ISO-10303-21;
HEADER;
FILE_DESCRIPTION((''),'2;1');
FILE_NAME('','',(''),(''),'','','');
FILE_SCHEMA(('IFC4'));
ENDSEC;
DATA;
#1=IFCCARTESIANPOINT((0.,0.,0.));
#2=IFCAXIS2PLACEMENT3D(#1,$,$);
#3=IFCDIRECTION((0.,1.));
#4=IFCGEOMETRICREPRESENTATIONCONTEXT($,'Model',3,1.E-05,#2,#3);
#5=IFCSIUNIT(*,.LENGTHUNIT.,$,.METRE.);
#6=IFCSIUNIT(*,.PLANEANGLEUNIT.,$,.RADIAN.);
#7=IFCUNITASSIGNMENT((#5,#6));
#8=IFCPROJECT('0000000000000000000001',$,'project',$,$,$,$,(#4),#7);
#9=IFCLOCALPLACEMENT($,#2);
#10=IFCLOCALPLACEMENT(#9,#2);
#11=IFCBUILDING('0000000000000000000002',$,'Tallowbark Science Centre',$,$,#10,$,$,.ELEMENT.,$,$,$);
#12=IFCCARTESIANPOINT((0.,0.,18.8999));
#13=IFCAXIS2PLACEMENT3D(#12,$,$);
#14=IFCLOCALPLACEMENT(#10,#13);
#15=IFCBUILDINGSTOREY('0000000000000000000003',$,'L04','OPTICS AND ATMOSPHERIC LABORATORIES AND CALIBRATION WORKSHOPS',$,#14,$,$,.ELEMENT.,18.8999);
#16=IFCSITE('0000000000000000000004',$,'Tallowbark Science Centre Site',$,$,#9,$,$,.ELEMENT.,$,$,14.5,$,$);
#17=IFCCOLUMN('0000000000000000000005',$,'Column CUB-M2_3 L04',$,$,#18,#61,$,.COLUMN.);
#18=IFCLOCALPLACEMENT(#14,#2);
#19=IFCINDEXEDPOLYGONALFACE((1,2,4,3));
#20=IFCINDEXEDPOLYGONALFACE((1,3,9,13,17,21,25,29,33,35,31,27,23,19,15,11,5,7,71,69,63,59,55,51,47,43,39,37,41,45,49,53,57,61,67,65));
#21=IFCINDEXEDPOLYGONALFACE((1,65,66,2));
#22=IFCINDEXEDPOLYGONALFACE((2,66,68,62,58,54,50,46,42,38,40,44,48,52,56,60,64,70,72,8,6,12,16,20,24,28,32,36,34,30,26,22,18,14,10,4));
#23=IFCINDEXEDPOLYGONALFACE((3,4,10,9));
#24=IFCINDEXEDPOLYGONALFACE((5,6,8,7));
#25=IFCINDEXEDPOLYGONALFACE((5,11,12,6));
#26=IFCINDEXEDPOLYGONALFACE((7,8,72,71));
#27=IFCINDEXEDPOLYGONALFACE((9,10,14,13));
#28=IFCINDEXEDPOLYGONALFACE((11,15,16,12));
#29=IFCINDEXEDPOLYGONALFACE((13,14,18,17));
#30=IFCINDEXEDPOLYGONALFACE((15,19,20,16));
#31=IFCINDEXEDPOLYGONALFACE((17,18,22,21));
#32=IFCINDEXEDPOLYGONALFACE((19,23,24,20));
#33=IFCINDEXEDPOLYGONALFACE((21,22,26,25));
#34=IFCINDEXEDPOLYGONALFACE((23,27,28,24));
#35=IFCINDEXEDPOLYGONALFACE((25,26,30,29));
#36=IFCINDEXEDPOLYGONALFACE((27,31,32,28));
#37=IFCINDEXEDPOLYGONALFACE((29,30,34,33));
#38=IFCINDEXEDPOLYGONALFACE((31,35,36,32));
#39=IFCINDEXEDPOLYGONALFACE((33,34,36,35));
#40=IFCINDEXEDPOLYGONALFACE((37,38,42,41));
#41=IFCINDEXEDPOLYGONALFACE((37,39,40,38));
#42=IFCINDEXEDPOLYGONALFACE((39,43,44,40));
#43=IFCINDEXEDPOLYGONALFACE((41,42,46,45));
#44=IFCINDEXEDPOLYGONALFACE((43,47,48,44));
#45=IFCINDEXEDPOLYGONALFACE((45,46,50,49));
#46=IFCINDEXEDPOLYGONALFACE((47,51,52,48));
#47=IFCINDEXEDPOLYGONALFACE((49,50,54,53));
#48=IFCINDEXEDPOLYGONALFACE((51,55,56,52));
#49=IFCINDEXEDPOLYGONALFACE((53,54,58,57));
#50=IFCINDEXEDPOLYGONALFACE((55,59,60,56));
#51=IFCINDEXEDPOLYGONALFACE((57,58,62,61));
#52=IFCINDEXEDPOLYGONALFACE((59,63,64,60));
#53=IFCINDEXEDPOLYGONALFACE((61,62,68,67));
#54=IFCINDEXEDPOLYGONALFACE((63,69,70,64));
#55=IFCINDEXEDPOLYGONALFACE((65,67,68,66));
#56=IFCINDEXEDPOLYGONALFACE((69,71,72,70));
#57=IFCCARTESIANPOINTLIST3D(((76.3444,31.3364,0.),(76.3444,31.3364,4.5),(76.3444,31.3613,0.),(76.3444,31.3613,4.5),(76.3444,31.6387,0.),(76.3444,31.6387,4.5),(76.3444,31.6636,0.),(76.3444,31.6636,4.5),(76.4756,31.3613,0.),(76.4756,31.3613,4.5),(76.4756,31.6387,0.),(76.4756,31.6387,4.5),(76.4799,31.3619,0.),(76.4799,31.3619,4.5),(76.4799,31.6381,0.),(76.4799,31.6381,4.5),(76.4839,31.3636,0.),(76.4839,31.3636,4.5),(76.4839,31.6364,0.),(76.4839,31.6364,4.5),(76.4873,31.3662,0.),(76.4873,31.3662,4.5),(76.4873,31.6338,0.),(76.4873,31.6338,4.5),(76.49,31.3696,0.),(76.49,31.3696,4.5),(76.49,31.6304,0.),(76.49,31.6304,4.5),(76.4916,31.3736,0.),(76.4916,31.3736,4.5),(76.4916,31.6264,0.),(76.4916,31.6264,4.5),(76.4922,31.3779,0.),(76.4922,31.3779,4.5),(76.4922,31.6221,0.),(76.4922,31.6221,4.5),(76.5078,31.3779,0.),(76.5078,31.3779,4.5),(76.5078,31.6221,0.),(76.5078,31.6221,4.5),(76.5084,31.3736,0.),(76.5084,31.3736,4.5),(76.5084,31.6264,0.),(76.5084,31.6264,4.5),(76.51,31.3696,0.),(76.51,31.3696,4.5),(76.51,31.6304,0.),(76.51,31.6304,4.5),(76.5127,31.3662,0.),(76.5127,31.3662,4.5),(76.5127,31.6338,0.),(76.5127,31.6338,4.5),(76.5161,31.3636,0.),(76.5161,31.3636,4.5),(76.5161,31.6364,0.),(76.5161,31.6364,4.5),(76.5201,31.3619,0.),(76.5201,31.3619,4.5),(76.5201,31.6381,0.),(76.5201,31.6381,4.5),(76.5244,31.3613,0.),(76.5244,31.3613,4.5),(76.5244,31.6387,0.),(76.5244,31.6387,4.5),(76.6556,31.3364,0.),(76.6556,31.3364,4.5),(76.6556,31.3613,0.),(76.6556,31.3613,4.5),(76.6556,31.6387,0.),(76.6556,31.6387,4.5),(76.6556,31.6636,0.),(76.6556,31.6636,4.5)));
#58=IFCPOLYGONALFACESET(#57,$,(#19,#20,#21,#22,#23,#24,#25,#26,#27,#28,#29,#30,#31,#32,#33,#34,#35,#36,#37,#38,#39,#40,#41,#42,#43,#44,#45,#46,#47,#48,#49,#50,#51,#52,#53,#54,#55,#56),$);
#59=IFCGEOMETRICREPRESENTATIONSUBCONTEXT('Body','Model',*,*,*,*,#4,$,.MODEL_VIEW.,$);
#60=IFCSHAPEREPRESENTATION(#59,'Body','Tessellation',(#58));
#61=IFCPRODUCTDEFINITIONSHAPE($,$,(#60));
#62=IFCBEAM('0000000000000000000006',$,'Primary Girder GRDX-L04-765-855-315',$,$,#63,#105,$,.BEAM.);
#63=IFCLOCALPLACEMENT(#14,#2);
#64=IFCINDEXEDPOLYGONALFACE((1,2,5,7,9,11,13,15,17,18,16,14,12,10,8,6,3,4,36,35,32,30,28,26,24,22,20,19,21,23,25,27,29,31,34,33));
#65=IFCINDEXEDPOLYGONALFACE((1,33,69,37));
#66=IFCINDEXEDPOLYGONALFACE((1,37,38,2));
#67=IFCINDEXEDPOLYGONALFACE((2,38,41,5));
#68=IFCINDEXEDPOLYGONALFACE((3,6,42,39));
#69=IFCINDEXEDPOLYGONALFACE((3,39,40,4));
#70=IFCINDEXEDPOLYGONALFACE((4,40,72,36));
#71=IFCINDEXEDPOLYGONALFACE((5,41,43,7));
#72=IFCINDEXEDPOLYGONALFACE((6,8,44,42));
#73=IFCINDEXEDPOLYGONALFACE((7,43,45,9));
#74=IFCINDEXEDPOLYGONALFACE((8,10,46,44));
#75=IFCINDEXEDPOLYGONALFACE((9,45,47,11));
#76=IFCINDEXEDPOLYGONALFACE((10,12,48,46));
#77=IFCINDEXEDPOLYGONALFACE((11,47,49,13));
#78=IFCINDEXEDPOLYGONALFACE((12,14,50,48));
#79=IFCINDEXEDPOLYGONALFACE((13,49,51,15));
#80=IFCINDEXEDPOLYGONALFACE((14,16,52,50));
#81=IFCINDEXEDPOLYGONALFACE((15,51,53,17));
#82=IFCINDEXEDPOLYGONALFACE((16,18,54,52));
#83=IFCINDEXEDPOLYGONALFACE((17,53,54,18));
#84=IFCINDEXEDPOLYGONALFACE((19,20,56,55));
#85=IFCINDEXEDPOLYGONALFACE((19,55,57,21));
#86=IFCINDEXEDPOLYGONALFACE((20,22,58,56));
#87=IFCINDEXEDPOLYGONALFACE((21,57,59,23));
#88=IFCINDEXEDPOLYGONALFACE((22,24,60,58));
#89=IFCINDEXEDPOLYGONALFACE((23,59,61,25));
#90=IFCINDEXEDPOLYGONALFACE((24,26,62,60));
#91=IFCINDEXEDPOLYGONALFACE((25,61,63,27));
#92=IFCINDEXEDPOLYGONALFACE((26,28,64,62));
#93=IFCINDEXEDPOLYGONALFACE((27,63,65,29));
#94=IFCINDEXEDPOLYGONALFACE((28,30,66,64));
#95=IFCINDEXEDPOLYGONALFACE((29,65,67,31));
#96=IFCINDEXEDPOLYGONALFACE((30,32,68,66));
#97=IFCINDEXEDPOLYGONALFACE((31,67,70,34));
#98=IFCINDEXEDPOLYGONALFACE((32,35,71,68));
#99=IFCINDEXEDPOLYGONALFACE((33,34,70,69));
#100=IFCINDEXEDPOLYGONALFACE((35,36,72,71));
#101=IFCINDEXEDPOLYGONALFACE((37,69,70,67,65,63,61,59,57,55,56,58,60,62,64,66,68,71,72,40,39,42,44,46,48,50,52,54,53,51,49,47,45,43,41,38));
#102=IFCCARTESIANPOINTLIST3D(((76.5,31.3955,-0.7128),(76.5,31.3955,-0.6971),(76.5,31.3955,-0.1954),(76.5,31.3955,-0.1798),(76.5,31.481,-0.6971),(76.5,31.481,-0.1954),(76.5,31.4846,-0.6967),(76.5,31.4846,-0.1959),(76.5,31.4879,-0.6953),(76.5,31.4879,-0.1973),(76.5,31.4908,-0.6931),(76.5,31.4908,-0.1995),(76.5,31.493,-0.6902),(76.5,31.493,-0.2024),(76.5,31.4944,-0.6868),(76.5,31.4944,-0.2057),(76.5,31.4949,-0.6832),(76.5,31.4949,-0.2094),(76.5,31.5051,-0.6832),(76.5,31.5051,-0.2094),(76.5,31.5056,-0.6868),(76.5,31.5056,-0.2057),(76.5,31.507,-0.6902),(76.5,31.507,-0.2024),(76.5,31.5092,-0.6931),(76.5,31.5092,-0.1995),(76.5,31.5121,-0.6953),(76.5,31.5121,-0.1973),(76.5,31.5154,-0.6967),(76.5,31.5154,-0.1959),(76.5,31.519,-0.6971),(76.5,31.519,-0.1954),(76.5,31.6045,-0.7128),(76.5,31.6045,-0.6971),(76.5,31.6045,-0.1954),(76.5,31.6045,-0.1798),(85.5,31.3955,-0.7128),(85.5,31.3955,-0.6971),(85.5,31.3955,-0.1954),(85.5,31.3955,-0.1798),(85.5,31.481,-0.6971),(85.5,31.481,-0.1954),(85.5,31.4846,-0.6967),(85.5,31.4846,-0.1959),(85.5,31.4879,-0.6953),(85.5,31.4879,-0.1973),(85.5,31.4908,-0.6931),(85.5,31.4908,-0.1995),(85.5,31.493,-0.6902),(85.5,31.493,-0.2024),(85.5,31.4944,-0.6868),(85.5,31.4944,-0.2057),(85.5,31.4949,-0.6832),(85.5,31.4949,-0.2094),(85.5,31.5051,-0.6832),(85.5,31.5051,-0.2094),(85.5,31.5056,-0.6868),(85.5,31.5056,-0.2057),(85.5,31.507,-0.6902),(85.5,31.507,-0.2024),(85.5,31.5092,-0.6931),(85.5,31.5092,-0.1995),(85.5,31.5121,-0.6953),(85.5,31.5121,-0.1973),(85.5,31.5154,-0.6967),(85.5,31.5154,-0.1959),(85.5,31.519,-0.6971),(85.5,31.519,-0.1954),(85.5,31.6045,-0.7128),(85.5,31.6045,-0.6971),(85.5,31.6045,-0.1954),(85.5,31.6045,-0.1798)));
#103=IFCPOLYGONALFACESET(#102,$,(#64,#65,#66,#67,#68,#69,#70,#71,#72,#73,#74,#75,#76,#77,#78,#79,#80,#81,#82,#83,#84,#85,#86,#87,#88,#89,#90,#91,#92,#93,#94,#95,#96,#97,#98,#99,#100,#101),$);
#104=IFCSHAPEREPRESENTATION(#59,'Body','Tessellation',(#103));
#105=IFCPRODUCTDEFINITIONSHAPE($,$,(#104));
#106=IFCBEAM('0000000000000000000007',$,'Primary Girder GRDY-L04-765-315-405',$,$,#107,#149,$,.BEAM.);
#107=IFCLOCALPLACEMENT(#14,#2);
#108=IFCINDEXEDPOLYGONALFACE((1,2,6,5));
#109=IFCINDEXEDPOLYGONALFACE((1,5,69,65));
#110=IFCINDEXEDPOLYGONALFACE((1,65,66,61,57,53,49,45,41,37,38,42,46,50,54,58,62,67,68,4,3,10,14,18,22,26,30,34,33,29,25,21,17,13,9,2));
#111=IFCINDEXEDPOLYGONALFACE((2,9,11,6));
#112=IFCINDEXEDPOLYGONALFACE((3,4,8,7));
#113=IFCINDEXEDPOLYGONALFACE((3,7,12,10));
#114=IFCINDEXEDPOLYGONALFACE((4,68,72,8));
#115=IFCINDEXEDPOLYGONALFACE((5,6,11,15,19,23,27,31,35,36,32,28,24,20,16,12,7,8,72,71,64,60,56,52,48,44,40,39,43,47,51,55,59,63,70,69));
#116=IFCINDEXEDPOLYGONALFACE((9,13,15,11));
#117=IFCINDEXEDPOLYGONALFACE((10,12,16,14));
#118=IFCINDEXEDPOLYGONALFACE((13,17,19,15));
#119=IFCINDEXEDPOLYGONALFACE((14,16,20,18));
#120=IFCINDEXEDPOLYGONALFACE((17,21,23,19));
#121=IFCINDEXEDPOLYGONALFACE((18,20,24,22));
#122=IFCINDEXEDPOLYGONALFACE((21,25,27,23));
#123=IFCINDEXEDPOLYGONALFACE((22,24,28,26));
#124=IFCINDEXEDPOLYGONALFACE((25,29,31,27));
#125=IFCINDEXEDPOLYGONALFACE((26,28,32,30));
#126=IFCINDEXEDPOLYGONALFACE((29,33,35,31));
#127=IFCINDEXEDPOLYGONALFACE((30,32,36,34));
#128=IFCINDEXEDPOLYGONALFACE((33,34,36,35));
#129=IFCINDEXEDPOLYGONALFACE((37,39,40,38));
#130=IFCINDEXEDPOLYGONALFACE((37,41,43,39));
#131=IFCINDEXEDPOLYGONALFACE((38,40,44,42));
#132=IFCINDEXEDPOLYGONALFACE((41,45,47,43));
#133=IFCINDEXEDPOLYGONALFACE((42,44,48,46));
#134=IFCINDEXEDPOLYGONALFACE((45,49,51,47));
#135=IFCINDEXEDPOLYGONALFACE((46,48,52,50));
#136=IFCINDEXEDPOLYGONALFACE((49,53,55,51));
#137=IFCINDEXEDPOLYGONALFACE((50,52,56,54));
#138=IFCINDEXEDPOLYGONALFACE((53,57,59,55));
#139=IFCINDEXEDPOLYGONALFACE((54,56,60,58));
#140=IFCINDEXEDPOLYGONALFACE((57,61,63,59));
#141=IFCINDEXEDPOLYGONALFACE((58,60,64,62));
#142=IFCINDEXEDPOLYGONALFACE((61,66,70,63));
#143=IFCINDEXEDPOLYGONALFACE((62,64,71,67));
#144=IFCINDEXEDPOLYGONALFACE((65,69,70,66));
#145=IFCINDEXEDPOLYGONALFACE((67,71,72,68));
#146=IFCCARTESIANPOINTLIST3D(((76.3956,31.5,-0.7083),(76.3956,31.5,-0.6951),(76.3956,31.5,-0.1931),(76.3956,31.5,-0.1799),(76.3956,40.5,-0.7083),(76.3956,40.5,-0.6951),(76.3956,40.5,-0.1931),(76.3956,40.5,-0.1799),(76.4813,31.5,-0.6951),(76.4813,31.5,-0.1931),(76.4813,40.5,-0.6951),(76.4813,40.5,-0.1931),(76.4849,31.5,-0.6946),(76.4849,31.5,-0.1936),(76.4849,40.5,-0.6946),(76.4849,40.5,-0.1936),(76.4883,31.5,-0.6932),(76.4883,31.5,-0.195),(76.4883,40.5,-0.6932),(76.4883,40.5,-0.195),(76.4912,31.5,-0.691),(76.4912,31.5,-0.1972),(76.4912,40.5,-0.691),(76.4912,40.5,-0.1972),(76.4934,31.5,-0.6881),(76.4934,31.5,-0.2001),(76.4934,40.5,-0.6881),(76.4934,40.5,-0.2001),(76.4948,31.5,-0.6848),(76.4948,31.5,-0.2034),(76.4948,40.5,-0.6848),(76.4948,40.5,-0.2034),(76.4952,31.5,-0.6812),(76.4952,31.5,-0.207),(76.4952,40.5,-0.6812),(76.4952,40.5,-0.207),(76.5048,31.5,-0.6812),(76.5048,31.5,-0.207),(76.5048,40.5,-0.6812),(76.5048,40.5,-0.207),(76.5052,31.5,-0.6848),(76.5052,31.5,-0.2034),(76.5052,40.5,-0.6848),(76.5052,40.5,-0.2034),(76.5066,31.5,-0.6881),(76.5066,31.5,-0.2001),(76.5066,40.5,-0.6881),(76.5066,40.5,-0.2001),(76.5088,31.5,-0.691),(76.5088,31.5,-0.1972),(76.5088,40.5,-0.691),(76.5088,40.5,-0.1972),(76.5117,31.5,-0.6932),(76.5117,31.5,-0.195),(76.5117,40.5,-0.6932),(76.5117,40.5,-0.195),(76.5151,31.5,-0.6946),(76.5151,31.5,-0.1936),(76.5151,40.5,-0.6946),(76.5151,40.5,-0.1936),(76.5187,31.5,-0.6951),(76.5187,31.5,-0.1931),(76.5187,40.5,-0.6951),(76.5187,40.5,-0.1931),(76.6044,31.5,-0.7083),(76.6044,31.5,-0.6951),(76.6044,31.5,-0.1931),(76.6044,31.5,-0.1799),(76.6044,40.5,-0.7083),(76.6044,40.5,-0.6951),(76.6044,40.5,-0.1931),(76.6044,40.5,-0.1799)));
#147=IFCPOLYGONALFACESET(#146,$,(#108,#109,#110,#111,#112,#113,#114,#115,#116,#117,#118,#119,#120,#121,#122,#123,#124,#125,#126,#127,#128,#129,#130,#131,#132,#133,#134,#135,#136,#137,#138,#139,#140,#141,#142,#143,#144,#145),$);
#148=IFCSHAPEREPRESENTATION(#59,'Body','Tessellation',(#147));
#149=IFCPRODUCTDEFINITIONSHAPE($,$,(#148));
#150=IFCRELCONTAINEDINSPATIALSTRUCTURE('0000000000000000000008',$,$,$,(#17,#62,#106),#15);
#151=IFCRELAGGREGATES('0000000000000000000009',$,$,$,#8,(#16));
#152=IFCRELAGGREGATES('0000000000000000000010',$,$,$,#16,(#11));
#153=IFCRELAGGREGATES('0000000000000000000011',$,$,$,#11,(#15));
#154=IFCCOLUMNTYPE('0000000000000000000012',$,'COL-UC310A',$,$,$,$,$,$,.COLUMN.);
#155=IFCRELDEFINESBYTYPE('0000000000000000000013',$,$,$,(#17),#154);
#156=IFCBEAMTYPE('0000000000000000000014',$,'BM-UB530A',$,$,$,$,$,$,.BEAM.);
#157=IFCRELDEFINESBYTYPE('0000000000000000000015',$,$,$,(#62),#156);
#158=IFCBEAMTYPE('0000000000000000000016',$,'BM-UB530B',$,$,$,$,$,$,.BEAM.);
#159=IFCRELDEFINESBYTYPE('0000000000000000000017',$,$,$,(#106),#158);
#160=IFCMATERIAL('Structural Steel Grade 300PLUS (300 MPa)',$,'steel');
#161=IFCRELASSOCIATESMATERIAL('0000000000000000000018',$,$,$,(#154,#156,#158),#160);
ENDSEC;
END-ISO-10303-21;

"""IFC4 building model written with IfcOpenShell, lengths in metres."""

from ifc_helpers import new_model, si_unit, direction, frame, origin, origin_2d, place, context, subcontext, project, spatial, i_section, extrude, material, material_profile, profile_set, type_object, element, save


model = new_model("IFC4")

# Units and contexts
model_context = context("Model", 3, precision=1e-05, world=origin(), true_north=direction((0.0, 1.0)))
body_context = subcontext(model_context, "Body", "Model", "MODEL_VIEW")
ifc_project = project(units=[si_unit("LENGTHUNIT", "METRE"), si_unit("PLANEANGLEUNIT", "RADIAN")], contexts=[model_context])

# Site, building, storey
site_placement = place(None, origin())
site = spatial("IfcSite", under=ifc_project, at=site_placement, Name="Tallowbark Science Centre Site", CompositionType="ELEMENT", RefElevation=14.5)
building_placement = place(site_placement, origin())
building = spatial("IfcBuilding", under=site, at=building_placement, Name="Tallowbark Science Centre", CompositionType="ELEMENT")
storey_placement = place(building_placement, frame((0.0, 0.0, 18.8999)))
storey = spatial("IfcBuildingStorey", under=building, at=storey_placement, Name="L04", Description="OPTICS AND ATMOSPHERIC LABORATORIES AND CALIBRATION WORKSHOPS", CompositionType="ELEMENT", Elevation=18.8999)

# Column
ifc_material_1 = material(Name="Structural Steel Grade 300PLUS (300 MPa)", Category="steel")
ifc_material_profile_1 = material_profile(ifc_material_1, i_section(OverallWidth=0.3113, OverallDepth=0.3271, WebThickness=0.0156, FlangeThickness=0.0249, FilletRadius=0.0166, at=origin_2d()), Name="310UC158")
ifc_profile_set_1 = profile_set([ifc_material_profile_1], Name="Structural Steel Grade 300PLUS (300 MPa)")
column_type = type_object("IfcColumnType", Name="COL-UC310A", PredefinedType="COLUMN", material=ifc_profile_set_1)
column_placement = place(storey_placement, frame((76.5, 31.5, 0.0), z_axis=(0.0, 0.0, 1.0), x_axis=(1.0, 0.0, 0.0)))
element("IfcColumn", 1, at=column_placement, inside=storey, type_object=column_type, Name="Column CUB-M2_3 L04", PredefinedType="COLUMN", context=body_context, shape_type="SweptSolid", body=[
    extrude(i_section(OverallWidth=0.3113, OverallDepth=0.3271, WebThickness=0.0156, FlangeThickness=0.0249, FilletRadius=0.0166, at=origin_2d()), origin(), (0.0, 0.0, 1.0), 4.5),
])

# Beams
ifc_material_profile_2 = material_profile(ifc_material_1, i_section(OverallWidth=0.209, OverallDepth=0.533, WebThickness=0.0103, FlangeThickness=0.0156, FilletRadius=0.0139, at=origin_2d()), Name="530UB92.4")
ifc_profile_set_2 = profile_set([ifc_material_profile_2], Name="Structural Steel Grade 300PLUS (300 MPa)")
beam_type_1 = type_object("IfcBeamType", Name="BM-UB530A", PredefinedType="BEAM", material=ifc_profile_set_2)
beam_1_placement = place(storey_placement, frame((76.5, 31.5, -0.4463), z_axis=(1.0, 0.0, 0.0), x_axis=(0.0, 1.0, 0.0)))
element("IfcBeam", 2, at=beam_1_placement, inside=storey, type_object=beam_type_1, Name="Primary Girder GRDX-L04-765-855-315", PredefinedType="BEAM", context=body_context, shape_type="SweptSolid", body=[
    extrude(i_section(OverallWidth=0.209, OverallDepth=0.533, WebThickness=0.0103, FlangeThickness=0.0156, FilletRadius=0.0139, at=origin_2d()), origin(), (0.0, 0.0, 1.0), 9.0),
])
ifc_material_profile_3 = material_profile(ifc_material_1, i_section(OverallWidth=0.2087, OverallDepth=0.5283, WebThickness=0.0095, FlangeThickness=0.0132, FilletRadius=0.0139, at=origin_2d()), Name="530UB82.0")
ifc_profile_set_3 = profile_set([ifc_material_profile_3], Name="Structural Steel Grade 300PLUS (300 MPa)")
beam_type_2 = type_object("IfcBeamType", Name="BM-UB530B", PredefinedType="BEAM", material=ifc_profile_set_3)
beam_2_placement = place(storey_placement, frame((76.5, 31.5, -0.4441), z_axis=(0.0, 1.0, 0.0), x_axis=(-1.0, 0.0, 0.0)))
element("IfcBeam", 3, at=beam_2_placement, inside=storey, type_object=beam_type_2, Name="Primary Girder GRDY-L04-765-315-405", PredefinedType="BEAM", context=body_context, shape_type="SweptSolid", body=[
    extrude(i_section(OverallWidth=0.2087, OverallDepth=0.5283, WebThickness=0.0095, FlangeThickness=0.0132, FilletRadius=0.0139, at=origin_2d()), origin(), (0.0, 0.0, 1.0), 9.0),
])

save(model, "model.ifc")
